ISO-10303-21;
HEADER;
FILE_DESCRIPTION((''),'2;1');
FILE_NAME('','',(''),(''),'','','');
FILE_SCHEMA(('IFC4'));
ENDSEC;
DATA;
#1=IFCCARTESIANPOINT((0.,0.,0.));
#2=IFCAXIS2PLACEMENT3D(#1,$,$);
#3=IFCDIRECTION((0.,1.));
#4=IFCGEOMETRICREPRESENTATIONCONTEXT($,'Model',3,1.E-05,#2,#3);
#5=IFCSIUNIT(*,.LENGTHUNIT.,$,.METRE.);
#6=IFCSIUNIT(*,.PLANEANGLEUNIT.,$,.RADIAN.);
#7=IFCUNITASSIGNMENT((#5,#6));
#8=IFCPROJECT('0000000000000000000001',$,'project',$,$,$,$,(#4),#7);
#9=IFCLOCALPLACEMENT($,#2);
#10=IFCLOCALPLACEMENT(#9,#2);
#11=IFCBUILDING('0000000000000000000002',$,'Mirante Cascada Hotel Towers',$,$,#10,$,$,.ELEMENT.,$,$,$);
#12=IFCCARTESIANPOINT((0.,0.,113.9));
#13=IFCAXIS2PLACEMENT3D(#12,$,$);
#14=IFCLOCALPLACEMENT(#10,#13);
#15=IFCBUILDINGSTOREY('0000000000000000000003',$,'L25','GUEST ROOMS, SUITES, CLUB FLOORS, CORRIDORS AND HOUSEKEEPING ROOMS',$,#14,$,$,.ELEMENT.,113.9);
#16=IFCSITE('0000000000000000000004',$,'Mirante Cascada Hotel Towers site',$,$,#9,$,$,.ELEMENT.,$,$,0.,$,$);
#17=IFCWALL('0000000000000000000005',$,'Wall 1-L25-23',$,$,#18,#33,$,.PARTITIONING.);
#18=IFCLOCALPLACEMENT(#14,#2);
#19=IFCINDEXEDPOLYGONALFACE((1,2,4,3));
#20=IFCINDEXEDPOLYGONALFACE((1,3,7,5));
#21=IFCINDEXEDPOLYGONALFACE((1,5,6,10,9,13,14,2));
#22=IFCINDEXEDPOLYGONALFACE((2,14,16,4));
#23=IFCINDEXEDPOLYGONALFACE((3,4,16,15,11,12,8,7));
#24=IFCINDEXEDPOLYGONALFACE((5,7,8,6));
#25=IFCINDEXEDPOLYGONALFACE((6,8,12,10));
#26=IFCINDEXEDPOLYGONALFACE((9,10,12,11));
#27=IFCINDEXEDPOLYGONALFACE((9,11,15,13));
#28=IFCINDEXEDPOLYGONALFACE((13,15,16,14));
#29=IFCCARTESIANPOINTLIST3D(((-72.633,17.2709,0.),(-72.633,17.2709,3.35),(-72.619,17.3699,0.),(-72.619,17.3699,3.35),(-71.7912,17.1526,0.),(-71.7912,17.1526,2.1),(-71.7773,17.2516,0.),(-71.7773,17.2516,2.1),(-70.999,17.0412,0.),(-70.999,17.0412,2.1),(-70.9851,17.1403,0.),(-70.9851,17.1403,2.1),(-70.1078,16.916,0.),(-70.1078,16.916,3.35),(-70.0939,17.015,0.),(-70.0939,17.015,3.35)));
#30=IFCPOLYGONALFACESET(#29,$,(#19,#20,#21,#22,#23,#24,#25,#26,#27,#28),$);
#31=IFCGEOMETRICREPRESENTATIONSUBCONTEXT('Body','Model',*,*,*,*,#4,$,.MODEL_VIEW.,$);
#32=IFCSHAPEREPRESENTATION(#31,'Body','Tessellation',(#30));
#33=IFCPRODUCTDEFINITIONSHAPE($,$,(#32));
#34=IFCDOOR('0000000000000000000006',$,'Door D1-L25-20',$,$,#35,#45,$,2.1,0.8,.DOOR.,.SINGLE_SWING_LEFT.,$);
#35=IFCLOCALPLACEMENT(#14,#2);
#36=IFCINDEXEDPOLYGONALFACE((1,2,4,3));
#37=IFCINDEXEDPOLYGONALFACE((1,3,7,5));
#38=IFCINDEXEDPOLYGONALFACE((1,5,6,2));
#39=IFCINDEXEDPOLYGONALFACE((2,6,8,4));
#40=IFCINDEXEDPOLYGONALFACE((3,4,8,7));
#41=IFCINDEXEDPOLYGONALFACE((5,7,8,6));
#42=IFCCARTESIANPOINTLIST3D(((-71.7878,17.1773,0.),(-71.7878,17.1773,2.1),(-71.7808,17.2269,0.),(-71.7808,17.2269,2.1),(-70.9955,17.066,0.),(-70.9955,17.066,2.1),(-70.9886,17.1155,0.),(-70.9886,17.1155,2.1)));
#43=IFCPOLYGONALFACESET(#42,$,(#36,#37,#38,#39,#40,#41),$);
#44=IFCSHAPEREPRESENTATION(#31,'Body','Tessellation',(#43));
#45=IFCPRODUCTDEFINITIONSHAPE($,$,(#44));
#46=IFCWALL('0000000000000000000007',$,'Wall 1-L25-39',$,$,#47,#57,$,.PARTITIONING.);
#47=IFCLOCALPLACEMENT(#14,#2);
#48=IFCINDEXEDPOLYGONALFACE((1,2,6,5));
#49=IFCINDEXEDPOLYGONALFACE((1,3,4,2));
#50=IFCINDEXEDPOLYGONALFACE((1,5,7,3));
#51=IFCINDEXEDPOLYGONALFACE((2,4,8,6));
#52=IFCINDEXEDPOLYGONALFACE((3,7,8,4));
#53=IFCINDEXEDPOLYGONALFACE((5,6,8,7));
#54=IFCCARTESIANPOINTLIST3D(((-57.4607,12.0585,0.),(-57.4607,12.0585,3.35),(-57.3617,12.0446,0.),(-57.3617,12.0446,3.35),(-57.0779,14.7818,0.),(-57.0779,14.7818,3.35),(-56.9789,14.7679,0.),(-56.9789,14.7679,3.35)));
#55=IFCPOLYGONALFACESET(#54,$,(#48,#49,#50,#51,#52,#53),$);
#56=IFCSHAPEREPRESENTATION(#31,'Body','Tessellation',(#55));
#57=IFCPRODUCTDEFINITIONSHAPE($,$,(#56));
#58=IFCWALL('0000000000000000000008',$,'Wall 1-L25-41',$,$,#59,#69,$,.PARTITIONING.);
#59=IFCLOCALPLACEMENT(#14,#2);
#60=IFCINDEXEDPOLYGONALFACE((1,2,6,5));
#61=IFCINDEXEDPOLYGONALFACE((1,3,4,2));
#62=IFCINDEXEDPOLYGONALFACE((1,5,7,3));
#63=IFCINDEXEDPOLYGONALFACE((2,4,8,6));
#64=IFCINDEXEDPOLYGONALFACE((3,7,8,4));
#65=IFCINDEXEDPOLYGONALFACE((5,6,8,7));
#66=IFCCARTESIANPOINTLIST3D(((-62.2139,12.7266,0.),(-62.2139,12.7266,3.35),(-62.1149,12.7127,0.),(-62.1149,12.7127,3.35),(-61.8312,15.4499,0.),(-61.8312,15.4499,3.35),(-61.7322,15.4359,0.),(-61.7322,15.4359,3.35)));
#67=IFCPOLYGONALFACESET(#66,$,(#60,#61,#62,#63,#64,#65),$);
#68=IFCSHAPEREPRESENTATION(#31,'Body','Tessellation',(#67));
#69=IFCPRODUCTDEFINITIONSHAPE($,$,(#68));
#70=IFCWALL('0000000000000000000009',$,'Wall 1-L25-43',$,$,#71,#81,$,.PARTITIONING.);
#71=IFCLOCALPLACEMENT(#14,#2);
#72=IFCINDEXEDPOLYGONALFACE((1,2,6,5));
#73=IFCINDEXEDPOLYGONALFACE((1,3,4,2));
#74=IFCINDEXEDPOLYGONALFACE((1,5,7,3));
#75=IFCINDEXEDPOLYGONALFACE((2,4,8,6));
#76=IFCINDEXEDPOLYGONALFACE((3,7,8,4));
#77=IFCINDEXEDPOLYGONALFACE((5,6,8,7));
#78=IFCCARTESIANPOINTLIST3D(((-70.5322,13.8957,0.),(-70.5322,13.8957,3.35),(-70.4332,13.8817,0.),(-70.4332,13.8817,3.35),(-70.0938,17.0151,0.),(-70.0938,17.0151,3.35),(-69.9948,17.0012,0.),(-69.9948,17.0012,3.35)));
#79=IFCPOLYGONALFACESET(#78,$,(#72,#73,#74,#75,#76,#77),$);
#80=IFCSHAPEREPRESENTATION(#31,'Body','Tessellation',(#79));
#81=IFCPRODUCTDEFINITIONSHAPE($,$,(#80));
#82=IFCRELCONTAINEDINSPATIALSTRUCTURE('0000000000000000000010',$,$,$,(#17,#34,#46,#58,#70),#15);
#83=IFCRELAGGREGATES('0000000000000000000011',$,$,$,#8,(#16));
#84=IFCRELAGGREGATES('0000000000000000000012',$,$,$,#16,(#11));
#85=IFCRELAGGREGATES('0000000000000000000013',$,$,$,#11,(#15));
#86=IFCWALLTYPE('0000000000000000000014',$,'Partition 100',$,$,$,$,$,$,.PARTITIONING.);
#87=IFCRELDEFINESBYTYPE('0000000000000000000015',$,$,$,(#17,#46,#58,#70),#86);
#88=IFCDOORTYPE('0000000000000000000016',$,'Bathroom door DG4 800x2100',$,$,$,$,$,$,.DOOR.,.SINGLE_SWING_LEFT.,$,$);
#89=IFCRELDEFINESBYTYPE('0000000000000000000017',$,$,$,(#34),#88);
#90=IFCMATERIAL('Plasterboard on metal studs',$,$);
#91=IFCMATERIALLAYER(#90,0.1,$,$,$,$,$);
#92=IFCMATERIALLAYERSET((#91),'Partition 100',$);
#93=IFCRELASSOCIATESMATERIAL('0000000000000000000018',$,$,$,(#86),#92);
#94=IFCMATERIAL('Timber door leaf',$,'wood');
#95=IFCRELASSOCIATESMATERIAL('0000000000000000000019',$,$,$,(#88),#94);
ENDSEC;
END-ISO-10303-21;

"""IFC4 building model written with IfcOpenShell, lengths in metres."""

from ifc_helpers import new_model, si_unit, direction, frame, frame_2d, origin, place, context, subcontext, project, spatial, rectangle, extrude, material, layer, layer_set, type_object, element, fill, save


model = new_model("IFC4")

# Units and contexts
model_context = context("Model", 3, precision=1e-05, world=origin(), true_north=direction((0.0, 1.0)))
body_context = subcontext(model_context, "Body", "Model", "MODEL_VIEW")
ifc_project = project(units=[si_unit("LENGTHUNIT", "METRE"), si_unit("PLANEANGLEUNIT", "RADIAN")], contexts=[model_context])

# Site, building, storey
site_placement = place(None, origin())
site = spatial("IfcSite", under=ifc_project, at=site_placement, Name="Mirante Cascada Hotel Towers site", CompositionType="ELEMENT", RefElevation=0.0)
building_placement = place(site_placement, origin())
building = spatial("IfcBuilding", under=site, at=building_placement, Name="Mirante Cascada Hotel Towers", CompositionType="ELEMENT")
storey_placement = place(building_placement, frame((0.0, 0.0, 113.9)))
storey = spatial("IfcBuildingStorey", under=building, at=storey_placement, Name="L25", Description="GUEST ROOMS, SUITES, CLUB FLOORS, CORRIDORS AND HOUSEKEEPING ROOMS", CompositionType="ELEMENT", Elevation=113.9)

# Shared definitions
ifc_material_1 = material(Name="Plasterboard on metal studs")
ifc_layer_1 = layer(ifc_material_1, 0.1)
ifc_layer_set_1 = layer_set([ifc_layer_1], Name="Partition 100")
wall_type = type_object("IfcWallType", Name="Partition 100", PredefinedType="PARTITIONING", material=ifc_layer_set_1)
ifc_material_2 = material(Name="Timber door leaf", Category="wood")
door_type = type_object("IfcDoorType", Name="Bathroom door DG4 800x2100", OperationType="SINGLE_SWING_LEFT", PredefinedType="DOOR", material=ifc_material_2)

# Wall, opening, door
wall_1_placement = place(storey_placement, frame((-72.626, 17.3204, 0.0), z_axis=(0.0, 0.0, 1.0), x_axis=(0.990268, -0.139176, 0.0)))
wall_1 = element("IfcWall", 1, at=wall_1_placement, inside=storey, type_object=wall_type, Name="Wall 1-L25-23", PredefinedType="PARTITIONING", context=body_context, shape_type="SweptSolid", body=[
    extrude(rectangle(XDim=2.55, YDim=0.1, at=frame_2d((1.275, 0.0))), origin(), (0.0, 0.0, 1.0), 3.35),
])
opening_1_placement = place(wall_1_placement, frame((0.85, 0.0, 0.0)))
opening_1 = element("IfcOpeningElement", 2, at=opening_1_placement, cuts=wall_1, PredefinedType="OPENING", context=body_context, shape_type="SweptSolid", body=[
    extrude(rectangle(XDim=0.8, YDim=2.1, at=frame_2d((0.4, 1.05))), frame((0.0, 0.05, 0.0), z_axis=(0.0, -1.0, 0.0), x_axis=(1.0, 0.0, 0.0)), (0.0, 0.0, 1.0), 0.1),
])
door_1_placement = place(opening_1_placement, origin())
door_1 = element("IfcDoor", 3, at=door_1_placement, inside=storey, type_object=door_type, Name="Door D1-L25-20", OperationType="SINGLE_SWING_LEFT", OverallHeight=2.1, OverallWidth=0.8, PredefinedType="DOOR", context=body_context, shape_type="SweptSolid", body=[
    extrude(rectangle(XDim=0.8, YDim=2.1, at=frame_2d((0.4, 1.05))), frame((0.0, 0.025, 0.0), z_axis=(0.0, -1.0, 0.0), x_axis=(1.0, 0.0, 0.0)), (0.0, 0.0, 1.0), 0.05),
])
fill(opening_1, door_1)

# Walls
wall_2_placement = place(storey_placement, frame((-57.0284, 14.7749, 0.0), z_axis=(0.0, 0.0, 1.0), x_axis=(-0.139196, -0.990265, 0.0)))
element("IfcWall", 4, at=wall_2_placement, inside=storey, type_object=wall_type, Name="Wall 1-L25-39", PredefinedType="PARTITIONING", context=body_context, shape_type="SweptSolid", body=[
    extrude(rectangle(XDim=2.7501, YDim=0.1, at=frame_2d((1.3751, 0.0))), origin(), (0.0, 0.0, 1.0), 3.35),
])
wall_3_placement = place(storey_placement, frame((-61.7817, 15.4429, 0.0), z_axis=(0.0, 0.0, 1.0), x_axis=(-0.139166, -0.990269, 0.0)))
element("IfcWall", 5, at=wall_3_placement, inside=storey, type_object=wall_type, Name="Wall 1-L25-41", PredefinedType="PARTITIONING", context=body_context, shape_type="SweptSolid", body=[
    extrude(rectangle(XDim=2.75, YDim=0.1, at=frame_2d((1.375, 0.0))), origin(), (0.0, 0.0, 1.0), 3.35),
])
wall_4_placement = place(storey_placement, frame((-70.0443, 17.0081, 0.0), z_axis=(0.0, 0.0, 1.0), x_axis=(-0.139172, -0.990268, 0.0)))
element("IfcWall", 6, at=wall_4_placement, inside=storey, type_object=wall_type, Name="Wall 1-L25-43", PredefinedType="PARTITIONING", context=body_context, shape_type="SweptSolid", body=[
    extrude(rectangle(XDim=3.1501, YDim=0.1, at=frame_2d((1.575, 0.0))), origin(), (0.0, 0.0, 1.0), 3.35),
])

save(model, "model.ifc")
